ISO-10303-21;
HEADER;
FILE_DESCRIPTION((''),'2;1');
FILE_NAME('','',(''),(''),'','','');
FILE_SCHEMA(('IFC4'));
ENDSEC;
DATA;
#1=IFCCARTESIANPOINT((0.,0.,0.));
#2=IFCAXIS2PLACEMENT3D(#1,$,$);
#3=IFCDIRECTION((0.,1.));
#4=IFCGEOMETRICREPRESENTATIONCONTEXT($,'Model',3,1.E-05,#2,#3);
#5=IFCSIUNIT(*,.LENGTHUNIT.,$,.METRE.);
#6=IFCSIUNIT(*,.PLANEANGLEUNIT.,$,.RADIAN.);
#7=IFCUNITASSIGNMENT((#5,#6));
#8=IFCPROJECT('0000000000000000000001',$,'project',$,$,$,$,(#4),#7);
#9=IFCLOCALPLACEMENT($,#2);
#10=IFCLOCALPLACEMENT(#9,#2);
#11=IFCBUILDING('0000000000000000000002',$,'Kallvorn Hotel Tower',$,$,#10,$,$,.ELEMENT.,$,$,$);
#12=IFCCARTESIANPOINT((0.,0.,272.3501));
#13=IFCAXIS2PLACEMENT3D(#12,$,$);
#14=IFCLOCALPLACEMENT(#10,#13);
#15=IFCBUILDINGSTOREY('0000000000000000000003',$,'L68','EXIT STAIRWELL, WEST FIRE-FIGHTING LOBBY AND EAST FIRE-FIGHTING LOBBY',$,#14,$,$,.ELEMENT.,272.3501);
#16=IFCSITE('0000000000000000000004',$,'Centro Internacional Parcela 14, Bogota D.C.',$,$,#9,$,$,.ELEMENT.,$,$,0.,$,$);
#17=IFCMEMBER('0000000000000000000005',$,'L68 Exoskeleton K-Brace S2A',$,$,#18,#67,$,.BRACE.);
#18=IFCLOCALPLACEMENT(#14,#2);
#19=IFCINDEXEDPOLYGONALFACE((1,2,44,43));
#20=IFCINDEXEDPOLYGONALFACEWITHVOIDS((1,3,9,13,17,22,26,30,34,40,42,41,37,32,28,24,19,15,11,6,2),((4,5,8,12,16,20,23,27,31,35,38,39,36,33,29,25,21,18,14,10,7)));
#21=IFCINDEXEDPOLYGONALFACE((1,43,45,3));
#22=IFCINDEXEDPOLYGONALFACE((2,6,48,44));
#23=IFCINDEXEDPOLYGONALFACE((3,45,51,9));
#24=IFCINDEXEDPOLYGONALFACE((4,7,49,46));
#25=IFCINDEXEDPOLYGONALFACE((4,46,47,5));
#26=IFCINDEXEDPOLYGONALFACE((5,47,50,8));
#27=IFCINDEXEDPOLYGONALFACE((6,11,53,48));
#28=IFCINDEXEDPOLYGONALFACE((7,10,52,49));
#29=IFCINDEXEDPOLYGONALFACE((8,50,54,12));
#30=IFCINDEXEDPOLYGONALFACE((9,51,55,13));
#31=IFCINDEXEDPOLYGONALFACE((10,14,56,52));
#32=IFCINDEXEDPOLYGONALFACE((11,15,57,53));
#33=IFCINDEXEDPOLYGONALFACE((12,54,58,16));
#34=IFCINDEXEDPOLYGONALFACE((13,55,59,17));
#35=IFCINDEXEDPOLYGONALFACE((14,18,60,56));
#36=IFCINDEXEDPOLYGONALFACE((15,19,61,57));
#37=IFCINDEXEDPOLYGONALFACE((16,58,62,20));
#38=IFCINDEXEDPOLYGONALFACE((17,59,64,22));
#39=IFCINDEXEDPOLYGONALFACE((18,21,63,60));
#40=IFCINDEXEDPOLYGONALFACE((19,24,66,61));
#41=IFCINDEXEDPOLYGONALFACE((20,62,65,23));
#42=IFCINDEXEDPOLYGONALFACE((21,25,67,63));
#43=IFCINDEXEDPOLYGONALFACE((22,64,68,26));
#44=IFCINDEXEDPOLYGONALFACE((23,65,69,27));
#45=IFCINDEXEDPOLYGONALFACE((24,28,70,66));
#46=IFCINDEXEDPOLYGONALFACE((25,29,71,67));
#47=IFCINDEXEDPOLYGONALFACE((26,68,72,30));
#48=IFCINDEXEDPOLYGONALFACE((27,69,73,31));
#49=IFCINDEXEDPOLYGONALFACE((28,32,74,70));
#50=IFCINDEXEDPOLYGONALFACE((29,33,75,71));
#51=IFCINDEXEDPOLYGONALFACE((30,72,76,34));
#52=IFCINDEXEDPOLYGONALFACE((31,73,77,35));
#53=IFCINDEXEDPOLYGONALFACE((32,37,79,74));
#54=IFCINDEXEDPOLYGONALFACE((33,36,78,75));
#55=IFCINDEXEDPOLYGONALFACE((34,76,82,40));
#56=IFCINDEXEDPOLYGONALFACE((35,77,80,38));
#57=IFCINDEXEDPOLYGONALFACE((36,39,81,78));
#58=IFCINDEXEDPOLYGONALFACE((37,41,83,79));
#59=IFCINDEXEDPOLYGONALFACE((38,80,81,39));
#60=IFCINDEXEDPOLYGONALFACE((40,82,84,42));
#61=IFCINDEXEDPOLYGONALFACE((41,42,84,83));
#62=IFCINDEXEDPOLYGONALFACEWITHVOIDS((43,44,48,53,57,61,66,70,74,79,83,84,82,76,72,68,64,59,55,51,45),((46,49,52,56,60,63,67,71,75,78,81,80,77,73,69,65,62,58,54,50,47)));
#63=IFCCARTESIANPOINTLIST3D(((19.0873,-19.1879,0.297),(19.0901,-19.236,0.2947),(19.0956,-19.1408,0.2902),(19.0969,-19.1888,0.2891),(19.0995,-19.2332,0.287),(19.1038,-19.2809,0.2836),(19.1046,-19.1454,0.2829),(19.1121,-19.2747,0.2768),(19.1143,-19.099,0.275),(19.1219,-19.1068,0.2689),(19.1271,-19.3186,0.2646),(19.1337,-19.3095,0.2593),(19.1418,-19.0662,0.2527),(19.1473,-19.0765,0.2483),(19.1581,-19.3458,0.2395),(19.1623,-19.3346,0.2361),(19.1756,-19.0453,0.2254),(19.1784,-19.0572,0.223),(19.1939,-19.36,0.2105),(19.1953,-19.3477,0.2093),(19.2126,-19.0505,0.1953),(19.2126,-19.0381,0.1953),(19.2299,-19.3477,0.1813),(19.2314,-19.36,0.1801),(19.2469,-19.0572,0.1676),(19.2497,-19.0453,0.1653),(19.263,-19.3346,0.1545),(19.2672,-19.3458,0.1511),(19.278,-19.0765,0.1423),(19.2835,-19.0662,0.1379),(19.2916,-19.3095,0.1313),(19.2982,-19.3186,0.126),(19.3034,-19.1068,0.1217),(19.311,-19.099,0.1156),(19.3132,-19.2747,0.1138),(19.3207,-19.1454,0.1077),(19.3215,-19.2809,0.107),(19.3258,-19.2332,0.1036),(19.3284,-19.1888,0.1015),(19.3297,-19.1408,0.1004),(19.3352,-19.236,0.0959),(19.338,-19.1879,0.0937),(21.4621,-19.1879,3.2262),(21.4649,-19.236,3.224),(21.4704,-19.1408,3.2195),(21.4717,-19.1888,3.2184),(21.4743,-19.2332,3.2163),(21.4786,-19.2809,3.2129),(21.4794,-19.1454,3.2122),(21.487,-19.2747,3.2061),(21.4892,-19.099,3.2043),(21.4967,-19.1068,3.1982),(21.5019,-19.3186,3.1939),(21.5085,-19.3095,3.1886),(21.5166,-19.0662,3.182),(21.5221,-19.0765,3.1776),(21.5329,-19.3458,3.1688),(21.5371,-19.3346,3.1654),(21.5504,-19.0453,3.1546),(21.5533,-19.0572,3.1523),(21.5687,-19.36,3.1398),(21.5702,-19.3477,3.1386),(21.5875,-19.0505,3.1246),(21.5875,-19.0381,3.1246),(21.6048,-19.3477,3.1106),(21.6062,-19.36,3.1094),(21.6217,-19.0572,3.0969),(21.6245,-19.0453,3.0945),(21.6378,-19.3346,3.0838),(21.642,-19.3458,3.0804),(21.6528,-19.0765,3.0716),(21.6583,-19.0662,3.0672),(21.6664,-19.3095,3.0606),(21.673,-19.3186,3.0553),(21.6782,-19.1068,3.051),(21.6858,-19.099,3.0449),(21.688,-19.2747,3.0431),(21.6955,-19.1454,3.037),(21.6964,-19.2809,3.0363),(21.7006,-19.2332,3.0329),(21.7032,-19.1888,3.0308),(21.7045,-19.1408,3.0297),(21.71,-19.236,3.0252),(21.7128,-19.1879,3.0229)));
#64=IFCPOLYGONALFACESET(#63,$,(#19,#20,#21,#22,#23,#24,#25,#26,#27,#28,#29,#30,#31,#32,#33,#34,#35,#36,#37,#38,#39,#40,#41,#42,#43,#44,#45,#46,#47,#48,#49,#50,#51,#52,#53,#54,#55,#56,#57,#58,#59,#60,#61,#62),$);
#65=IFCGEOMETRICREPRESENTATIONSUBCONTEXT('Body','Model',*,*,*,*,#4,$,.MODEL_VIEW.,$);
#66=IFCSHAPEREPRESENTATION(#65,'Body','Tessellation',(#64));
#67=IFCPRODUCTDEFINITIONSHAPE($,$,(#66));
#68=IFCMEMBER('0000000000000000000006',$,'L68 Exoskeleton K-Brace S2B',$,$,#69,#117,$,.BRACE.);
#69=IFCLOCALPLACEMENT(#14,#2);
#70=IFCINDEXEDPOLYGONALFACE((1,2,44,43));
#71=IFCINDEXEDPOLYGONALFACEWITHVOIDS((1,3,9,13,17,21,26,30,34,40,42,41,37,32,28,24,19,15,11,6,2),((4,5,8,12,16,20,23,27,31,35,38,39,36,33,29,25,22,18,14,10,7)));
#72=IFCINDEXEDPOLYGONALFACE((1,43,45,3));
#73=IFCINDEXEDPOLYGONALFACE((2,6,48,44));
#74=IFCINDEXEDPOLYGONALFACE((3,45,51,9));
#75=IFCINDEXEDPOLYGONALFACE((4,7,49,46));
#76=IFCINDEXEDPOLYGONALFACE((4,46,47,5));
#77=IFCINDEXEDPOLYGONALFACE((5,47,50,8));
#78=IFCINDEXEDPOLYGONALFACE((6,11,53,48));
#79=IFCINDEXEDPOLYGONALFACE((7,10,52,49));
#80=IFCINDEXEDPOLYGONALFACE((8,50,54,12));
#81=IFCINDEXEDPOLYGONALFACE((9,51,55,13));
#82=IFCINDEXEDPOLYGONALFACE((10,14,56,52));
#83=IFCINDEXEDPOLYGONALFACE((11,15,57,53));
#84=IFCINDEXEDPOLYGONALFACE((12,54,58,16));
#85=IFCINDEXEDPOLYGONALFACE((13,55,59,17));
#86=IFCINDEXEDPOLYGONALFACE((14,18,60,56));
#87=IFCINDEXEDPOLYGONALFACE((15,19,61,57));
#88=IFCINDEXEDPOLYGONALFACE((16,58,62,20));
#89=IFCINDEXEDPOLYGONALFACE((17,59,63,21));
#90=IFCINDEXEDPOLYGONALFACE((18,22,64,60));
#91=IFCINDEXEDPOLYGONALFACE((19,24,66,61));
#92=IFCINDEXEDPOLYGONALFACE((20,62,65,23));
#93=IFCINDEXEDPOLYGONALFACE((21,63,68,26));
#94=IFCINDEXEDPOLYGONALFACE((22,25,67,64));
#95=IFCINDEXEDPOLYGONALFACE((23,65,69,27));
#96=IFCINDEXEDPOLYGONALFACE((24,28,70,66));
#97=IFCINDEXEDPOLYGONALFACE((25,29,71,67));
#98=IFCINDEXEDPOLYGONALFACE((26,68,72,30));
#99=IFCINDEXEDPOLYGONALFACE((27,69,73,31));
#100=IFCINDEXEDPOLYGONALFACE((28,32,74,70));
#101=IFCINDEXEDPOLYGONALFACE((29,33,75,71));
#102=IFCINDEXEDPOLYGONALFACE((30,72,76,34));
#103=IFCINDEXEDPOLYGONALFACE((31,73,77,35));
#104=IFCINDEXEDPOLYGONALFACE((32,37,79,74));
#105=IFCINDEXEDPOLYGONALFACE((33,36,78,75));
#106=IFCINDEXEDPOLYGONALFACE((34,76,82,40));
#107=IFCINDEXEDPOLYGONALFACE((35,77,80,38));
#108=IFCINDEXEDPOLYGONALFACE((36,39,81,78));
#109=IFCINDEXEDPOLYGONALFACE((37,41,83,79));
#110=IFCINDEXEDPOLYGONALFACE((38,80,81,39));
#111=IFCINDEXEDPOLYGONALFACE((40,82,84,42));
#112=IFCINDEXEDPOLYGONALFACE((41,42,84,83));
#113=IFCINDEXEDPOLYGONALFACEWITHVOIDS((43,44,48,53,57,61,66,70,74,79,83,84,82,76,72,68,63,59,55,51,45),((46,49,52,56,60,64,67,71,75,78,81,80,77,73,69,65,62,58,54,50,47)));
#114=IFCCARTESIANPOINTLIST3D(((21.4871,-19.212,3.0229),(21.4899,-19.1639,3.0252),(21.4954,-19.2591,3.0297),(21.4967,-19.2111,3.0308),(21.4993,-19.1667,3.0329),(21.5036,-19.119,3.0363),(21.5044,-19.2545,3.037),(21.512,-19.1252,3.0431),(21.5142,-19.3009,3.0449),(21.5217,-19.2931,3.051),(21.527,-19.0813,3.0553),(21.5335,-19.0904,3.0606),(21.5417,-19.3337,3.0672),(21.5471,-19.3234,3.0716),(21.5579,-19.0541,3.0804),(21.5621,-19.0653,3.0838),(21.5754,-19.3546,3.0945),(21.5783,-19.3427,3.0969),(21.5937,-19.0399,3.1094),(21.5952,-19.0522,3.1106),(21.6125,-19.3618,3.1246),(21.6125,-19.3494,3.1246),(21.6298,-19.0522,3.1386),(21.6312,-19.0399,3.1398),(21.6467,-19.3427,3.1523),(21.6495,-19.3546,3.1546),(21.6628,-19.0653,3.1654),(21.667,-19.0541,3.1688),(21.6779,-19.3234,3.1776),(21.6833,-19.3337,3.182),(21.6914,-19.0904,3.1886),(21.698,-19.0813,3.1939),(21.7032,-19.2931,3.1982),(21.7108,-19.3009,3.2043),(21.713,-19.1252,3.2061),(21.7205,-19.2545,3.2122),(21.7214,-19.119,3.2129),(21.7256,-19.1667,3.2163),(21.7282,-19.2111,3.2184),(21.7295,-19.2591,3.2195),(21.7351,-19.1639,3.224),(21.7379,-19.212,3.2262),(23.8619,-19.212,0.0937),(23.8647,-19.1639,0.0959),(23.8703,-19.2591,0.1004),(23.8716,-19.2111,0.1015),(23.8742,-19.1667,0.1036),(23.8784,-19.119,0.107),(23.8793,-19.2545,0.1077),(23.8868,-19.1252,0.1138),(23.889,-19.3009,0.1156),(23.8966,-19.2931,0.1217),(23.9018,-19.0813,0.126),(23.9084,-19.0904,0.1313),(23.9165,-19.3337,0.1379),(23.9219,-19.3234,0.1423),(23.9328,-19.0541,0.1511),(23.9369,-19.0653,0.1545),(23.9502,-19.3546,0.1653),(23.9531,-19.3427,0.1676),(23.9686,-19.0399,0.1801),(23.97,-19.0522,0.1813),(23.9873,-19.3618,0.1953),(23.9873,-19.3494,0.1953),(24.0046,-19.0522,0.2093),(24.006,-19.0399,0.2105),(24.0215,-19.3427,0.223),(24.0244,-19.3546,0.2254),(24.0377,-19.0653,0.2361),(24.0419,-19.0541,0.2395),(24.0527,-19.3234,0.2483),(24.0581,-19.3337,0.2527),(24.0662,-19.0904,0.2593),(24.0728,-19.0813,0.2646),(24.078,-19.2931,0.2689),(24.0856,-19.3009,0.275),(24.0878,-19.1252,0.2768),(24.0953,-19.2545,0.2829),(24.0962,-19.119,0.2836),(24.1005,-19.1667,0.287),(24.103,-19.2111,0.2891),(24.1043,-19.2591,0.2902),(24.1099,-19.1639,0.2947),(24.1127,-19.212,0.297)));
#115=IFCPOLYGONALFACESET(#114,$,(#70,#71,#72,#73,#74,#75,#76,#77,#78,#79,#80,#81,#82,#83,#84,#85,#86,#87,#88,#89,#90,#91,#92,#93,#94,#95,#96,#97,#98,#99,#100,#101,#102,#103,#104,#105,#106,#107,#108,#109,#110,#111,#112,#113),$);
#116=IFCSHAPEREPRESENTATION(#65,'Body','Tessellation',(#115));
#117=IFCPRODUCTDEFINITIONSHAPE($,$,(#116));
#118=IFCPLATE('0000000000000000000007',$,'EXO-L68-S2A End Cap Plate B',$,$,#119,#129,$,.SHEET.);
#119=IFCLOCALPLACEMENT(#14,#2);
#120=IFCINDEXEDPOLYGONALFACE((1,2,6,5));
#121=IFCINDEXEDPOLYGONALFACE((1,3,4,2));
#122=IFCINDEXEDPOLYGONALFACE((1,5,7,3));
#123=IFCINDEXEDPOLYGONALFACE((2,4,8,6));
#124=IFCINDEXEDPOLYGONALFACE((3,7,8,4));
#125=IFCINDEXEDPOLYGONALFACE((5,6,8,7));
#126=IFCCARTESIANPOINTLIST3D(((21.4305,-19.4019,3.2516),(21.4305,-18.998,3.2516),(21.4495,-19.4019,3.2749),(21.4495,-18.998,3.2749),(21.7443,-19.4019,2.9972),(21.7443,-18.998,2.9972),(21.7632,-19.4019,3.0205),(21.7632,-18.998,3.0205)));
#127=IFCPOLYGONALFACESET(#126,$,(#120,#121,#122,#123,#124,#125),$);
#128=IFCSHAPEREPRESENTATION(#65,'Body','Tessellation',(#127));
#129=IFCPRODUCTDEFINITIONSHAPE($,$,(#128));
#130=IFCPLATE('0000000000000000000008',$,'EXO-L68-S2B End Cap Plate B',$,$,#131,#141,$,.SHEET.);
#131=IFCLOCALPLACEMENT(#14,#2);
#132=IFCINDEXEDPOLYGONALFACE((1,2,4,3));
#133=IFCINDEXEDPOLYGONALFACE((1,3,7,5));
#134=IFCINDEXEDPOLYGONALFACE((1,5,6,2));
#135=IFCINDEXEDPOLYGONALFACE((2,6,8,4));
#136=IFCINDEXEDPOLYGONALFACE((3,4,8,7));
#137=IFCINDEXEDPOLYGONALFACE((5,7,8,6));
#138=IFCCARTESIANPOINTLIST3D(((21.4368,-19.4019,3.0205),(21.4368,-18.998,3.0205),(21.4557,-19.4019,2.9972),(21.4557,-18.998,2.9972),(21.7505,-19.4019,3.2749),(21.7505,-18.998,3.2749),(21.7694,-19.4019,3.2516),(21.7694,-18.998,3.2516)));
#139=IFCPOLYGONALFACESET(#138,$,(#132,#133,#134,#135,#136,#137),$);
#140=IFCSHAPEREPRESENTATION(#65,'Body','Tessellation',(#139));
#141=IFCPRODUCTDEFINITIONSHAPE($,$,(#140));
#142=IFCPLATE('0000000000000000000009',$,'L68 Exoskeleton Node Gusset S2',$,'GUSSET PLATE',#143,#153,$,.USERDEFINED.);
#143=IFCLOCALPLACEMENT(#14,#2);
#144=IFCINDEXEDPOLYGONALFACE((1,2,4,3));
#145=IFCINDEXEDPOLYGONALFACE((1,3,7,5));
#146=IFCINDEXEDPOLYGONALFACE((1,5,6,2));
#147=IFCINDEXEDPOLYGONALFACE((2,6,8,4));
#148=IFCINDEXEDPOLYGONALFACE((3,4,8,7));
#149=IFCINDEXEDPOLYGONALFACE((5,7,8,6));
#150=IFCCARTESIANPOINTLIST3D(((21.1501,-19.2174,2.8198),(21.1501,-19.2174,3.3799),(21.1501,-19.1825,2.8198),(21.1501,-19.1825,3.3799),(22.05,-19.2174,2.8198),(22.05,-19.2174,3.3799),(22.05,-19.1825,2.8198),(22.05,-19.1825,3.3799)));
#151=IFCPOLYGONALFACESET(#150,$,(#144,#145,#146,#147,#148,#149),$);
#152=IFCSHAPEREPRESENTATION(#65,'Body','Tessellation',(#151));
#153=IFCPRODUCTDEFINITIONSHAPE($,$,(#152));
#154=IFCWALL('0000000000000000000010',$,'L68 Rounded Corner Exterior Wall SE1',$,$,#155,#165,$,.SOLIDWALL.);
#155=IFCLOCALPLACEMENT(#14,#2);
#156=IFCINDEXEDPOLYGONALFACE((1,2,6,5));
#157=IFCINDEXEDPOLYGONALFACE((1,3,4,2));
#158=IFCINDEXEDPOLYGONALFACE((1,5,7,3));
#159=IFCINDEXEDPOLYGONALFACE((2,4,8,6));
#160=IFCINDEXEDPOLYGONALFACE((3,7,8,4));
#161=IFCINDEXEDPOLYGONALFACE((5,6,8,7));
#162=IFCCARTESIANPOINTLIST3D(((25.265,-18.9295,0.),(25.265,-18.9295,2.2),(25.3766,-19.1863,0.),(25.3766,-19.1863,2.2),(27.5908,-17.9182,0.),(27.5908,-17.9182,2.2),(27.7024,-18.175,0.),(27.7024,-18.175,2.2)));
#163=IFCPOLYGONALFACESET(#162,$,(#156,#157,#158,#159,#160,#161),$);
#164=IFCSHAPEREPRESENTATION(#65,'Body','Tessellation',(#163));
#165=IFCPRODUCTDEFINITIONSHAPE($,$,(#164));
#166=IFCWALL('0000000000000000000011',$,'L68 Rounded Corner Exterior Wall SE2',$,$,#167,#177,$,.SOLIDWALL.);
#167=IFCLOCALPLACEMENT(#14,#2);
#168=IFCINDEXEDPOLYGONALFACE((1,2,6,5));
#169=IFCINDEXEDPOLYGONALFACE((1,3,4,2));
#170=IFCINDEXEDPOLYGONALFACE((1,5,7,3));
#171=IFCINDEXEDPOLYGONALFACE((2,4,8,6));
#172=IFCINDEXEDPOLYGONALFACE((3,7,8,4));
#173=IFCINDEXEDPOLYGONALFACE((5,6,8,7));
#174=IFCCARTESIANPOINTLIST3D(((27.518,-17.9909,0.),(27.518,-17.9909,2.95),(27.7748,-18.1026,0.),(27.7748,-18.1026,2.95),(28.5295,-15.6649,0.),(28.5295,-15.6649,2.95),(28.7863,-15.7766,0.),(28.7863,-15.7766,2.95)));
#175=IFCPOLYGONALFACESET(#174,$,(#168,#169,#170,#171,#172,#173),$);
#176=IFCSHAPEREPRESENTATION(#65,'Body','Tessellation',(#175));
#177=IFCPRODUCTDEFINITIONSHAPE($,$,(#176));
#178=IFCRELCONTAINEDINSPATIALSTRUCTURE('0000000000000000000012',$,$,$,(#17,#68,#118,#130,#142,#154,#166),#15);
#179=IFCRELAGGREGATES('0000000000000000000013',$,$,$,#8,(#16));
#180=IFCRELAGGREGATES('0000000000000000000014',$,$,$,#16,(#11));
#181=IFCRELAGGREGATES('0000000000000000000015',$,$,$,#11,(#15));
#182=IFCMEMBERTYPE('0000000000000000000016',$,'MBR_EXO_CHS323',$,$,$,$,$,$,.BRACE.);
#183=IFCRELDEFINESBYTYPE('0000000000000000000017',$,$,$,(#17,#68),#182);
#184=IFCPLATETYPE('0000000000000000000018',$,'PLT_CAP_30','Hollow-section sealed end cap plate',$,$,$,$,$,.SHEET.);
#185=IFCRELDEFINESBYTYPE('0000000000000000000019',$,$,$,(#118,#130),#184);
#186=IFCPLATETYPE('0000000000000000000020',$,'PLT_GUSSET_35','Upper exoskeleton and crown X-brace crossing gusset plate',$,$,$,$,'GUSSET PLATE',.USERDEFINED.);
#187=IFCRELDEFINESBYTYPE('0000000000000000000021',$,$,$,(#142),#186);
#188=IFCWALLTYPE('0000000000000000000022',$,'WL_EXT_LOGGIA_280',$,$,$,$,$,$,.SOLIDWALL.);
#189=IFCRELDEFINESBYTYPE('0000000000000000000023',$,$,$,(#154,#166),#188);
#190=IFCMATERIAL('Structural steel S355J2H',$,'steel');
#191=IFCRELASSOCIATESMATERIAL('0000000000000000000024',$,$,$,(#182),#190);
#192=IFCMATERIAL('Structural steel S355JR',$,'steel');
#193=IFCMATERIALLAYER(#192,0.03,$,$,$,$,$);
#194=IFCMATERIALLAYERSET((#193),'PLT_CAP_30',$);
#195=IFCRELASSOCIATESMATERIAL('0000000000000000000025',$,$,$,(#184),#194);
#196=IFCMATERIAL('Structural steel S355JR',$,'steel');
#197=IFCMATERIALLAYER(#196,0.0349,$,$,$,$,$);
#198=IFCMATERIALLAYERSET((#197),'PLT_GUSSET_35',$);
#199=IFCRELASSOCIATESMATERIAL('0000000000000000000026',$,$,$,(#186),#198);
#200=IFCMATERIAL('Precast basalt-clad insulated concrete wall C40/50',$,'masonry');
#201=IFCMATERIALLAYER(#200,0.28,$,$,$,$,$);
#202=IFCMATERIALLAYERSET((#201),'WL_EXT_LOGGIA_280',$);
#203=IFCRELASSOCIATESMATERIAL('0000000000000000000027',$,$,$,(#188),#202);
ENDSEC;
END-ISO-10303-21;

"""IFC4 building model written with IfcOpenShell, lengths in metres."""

from ifc_helpers import new_model, si_unit, direction, frame, frame_2d, origin, origin_2d, place, context, subcontext, project, spatial, polyline, rectangle, hollow_circle, outline, extrude, material, layer, layer_set, material_profile, profile_set, type_object, element, save


model = new_model("IFC4")

# Units and contexts
model_context = context("Model", 3, precision=1e-05, world=origin(), true_north=direction((0.0, 1.0)))
body_context = subcontext(model_context, "Body", "Model", "MODEL_VIEW")
ifc_project = project(units=[si_unit("LENGTHUNIT", "METRE"), si_unit("PLANEANGLEUNIT", "RADIAN")], contexts=[model_context])

# Site, building, storey
site_placement = place(None, origin())
site = spatial("IfcSite", under=ifc_project, at=site_placement, Name="Centro Internacional Parcela 14, Bogota D.C.", CompositionType="ELEMENT", RefElevation=0.0)
building_placement = place(site_placement, origin())
building = spatial("IfcBuilding", under=site, at=building_placement, Name="Kallvorn Hotel Tower", CompositionType="ELEMENT")
storey_placement = place(building_placement, frame((0.0, 0.0, 272.3501)))
storey = spatial("IfcBuildingStorey", under=building, at=storey_placement, Name="L68", Description="EXIT STAIRWELL, WEST FIRE-FIGHTING LOBBY AND EAST FIRE-FIGHTING LOBBY", CompositionType="ELEMENT", Elevation=272.3501)

# Members
ifc_material_1 = material(Name="Structural steel S355J2H", Category="steel")
ifc_material_profile_1 = material_profile(ifc_material_1, hollow_circle(Radius=0.1619, WallThickness=0.0125, at=origin_2d()), Name="CHS 323.9x12.5")
ifc_profile_set_1 = profile_set([ifc_material_profile_1], Name="Structural steel S355J2H")
member_type = type_object("IfcMemberType", Name="MBR_EXO_CHS323", PredefinedType="BRACE", material=ifc_profile_set_1)
for number, where, z_axis, x_axis, name in (
    (1, (19.2126, -19.2, 0.1953), (0.629759, 0.0, 0.776791), (0.0, 1.0, 0.0), "L68 Exoskeleton K-Brace S2A"),
    (2, (23.9873, -19.2, 0.1953), (-0.629759, 0.0, 0.776791), (0.0, -1.0, 0.0), "L68 Exoskeleton K-Brace S2B"),
):
    element("IfcMember", number, at=place(storey_placement, frame(where, z_axis=z_axis, x_axis=x_axis)), inside=storey, type_object=member_type, Name=name, PredefinedType="BRACE", context=body_context, shape_type="SweptSolid", body=[
        extrude(hollow_circle(Radius=0.1619, WallThickness=0.0125, at=origin_2d()), origin(), (0.0, 0.0, 1.0), 3.771),
    ])

# Plates
ifc_material_2 = material(Name="Structural steel S355JR", Category="steel")
ifc_layer_1 = layer(ifc_material_2, 0.03)
ifc_layer_set_1 = layer_set([ifc_layer_1], Name="PLT_CAP_30")
plate_type_1 = type_object("IfcPlateType", Name="PLT_CAP_30", Description="Hollow-section sealed end cap plate", PredefinedType="SHEET", material=ifc_layer_set_1)
for number, where, z_axis, x_axis, name in (
    (3, (21.7632, -19.4019, 3.0205), (0.629841, 0.0, 0.776724), (0.0, 1.0, 0.0), "EXO-L68-S2A End Cap Plate B"),
    (4, (21.4368, -18.998, 3.0205), (-0.629841, 0.0, 0.776724), (0.0, -1.0, 0.0), "EXO-L68-S2B End Cap Plate B"),
):
    element("IfcPlate", number, at=place(storey_placement, frame(where, z_axis=z_axis, x_axis=x_axis)), inside=storey, type_object=plate_type_1, Name=name, PredefinedType="SHEET", context=body_context, shape_type="SweptSolid", body=[
        extrude(outline(polyline([(0.0, 0.0), (0.4038, 0.0), (0.4038, 0.4039), (0.0, 0.4039), (0.0, 0.0)])), origin(), (0.0, 0.0, -1.0), 0.03),
    ])
ifc_material_3 = material(Name="Structural steel S355JR", Category="steel")
ifc_layer_2 = layer(ifc_material_3, 0.0349)
ifc_layer_set_2 = layer_set([ifc_layer_2], Name="PLT_GUSSET_35")
plate_type_2 = type_object("IfcPlateType", Name="PLT_GUSSET_35", Description="Upper exoskeleton and crown X-brace crossing gusset plate", ElementType="GUSSET PLATE", PredefinedType="USERDEFINED", material=ifc_layer_set_2)
plate_placement = place(storey_placement, frame((21.6001, -19.2, 2.8198), z_axis=(0.0, 0.0, 1.0), x_axis=(1.0, 0.0, 0.0)))
element("IfcPlate", 5, at=plate_placement, inside=storey, type_object=plate_type_2, Name="L68 Exoskeleton Node Gusset S2", ObjectType="GUSSET PLATE", PredefinedType="USERDEFINED", context=body_context, shape_type="SweptSolid", body=[
    extrude(rectangle(XDim=0.8999, YDim=0.0349, at=origin_2d()), origin(), (0.0, 0.0, 1.0), 0.5601),
])

# Walls
ifc_material_4 = material(Name="Precast basalt-clad insulated concrete wall C40/50", Category="masonry")
ifc_layer_3 = layer(ifc_material_4, 0.28)
ifc_layer_set_3 = layer_set([ifc_layer_3], Name="WL_EXT_LOGGIA_280")
wall_type_1 = type_object("IfcWallType", Name="WL_EXT_LOGGIA_280", PredefinedType="SOLIDWALL", material=ifc_layer_set_3)
wall_1_placement = place(storey_placement, frame((25.3208, -19.0579, 0.0), z_axis=(0.0, 0.0, 1.0), x_axis=(0.917061, 0.398747, 0.0)))
element("IfcWall", 6, at=wall_1_placement, inside=storey, type_object=wall_type_1, Name="L68 Rounded Corner Exterior Wall SE1", PredefinedType="SOLIDWALL", context=body_context, shape_type="SweptSolid", body=[
    extrude(rectangle(XDim=2.5361, YDim=0.28, at=frame_2d((1.2681, 0.0))), origin(), (0.0, 0.0, 1.0), 2.2),
])
wall_2_placement = place(storey_placement, frame((27.6465, -18.0466, 0.0), z_axis=(0.0, 0.0, 1.0), x_axis=(0.398793, 0.917041, 0.0)))
element("IfcWall", 7, at=wall_2_placement, inside=storey, type_object=wall_type_1, Name="L68 Rounded Corner Exterior Wall SE2", PredefinedType="SOLIDWALL", context=body_context, shape_type="SweptSolid", body=[
    extrude(rectangle(XDim=2.5364, YDim=0.28, at=frame_2d((1.2681, 0.0))), origin(), (0.0, 0.0, 1.0), 2.95),
])

save(model, "model.ifc")
